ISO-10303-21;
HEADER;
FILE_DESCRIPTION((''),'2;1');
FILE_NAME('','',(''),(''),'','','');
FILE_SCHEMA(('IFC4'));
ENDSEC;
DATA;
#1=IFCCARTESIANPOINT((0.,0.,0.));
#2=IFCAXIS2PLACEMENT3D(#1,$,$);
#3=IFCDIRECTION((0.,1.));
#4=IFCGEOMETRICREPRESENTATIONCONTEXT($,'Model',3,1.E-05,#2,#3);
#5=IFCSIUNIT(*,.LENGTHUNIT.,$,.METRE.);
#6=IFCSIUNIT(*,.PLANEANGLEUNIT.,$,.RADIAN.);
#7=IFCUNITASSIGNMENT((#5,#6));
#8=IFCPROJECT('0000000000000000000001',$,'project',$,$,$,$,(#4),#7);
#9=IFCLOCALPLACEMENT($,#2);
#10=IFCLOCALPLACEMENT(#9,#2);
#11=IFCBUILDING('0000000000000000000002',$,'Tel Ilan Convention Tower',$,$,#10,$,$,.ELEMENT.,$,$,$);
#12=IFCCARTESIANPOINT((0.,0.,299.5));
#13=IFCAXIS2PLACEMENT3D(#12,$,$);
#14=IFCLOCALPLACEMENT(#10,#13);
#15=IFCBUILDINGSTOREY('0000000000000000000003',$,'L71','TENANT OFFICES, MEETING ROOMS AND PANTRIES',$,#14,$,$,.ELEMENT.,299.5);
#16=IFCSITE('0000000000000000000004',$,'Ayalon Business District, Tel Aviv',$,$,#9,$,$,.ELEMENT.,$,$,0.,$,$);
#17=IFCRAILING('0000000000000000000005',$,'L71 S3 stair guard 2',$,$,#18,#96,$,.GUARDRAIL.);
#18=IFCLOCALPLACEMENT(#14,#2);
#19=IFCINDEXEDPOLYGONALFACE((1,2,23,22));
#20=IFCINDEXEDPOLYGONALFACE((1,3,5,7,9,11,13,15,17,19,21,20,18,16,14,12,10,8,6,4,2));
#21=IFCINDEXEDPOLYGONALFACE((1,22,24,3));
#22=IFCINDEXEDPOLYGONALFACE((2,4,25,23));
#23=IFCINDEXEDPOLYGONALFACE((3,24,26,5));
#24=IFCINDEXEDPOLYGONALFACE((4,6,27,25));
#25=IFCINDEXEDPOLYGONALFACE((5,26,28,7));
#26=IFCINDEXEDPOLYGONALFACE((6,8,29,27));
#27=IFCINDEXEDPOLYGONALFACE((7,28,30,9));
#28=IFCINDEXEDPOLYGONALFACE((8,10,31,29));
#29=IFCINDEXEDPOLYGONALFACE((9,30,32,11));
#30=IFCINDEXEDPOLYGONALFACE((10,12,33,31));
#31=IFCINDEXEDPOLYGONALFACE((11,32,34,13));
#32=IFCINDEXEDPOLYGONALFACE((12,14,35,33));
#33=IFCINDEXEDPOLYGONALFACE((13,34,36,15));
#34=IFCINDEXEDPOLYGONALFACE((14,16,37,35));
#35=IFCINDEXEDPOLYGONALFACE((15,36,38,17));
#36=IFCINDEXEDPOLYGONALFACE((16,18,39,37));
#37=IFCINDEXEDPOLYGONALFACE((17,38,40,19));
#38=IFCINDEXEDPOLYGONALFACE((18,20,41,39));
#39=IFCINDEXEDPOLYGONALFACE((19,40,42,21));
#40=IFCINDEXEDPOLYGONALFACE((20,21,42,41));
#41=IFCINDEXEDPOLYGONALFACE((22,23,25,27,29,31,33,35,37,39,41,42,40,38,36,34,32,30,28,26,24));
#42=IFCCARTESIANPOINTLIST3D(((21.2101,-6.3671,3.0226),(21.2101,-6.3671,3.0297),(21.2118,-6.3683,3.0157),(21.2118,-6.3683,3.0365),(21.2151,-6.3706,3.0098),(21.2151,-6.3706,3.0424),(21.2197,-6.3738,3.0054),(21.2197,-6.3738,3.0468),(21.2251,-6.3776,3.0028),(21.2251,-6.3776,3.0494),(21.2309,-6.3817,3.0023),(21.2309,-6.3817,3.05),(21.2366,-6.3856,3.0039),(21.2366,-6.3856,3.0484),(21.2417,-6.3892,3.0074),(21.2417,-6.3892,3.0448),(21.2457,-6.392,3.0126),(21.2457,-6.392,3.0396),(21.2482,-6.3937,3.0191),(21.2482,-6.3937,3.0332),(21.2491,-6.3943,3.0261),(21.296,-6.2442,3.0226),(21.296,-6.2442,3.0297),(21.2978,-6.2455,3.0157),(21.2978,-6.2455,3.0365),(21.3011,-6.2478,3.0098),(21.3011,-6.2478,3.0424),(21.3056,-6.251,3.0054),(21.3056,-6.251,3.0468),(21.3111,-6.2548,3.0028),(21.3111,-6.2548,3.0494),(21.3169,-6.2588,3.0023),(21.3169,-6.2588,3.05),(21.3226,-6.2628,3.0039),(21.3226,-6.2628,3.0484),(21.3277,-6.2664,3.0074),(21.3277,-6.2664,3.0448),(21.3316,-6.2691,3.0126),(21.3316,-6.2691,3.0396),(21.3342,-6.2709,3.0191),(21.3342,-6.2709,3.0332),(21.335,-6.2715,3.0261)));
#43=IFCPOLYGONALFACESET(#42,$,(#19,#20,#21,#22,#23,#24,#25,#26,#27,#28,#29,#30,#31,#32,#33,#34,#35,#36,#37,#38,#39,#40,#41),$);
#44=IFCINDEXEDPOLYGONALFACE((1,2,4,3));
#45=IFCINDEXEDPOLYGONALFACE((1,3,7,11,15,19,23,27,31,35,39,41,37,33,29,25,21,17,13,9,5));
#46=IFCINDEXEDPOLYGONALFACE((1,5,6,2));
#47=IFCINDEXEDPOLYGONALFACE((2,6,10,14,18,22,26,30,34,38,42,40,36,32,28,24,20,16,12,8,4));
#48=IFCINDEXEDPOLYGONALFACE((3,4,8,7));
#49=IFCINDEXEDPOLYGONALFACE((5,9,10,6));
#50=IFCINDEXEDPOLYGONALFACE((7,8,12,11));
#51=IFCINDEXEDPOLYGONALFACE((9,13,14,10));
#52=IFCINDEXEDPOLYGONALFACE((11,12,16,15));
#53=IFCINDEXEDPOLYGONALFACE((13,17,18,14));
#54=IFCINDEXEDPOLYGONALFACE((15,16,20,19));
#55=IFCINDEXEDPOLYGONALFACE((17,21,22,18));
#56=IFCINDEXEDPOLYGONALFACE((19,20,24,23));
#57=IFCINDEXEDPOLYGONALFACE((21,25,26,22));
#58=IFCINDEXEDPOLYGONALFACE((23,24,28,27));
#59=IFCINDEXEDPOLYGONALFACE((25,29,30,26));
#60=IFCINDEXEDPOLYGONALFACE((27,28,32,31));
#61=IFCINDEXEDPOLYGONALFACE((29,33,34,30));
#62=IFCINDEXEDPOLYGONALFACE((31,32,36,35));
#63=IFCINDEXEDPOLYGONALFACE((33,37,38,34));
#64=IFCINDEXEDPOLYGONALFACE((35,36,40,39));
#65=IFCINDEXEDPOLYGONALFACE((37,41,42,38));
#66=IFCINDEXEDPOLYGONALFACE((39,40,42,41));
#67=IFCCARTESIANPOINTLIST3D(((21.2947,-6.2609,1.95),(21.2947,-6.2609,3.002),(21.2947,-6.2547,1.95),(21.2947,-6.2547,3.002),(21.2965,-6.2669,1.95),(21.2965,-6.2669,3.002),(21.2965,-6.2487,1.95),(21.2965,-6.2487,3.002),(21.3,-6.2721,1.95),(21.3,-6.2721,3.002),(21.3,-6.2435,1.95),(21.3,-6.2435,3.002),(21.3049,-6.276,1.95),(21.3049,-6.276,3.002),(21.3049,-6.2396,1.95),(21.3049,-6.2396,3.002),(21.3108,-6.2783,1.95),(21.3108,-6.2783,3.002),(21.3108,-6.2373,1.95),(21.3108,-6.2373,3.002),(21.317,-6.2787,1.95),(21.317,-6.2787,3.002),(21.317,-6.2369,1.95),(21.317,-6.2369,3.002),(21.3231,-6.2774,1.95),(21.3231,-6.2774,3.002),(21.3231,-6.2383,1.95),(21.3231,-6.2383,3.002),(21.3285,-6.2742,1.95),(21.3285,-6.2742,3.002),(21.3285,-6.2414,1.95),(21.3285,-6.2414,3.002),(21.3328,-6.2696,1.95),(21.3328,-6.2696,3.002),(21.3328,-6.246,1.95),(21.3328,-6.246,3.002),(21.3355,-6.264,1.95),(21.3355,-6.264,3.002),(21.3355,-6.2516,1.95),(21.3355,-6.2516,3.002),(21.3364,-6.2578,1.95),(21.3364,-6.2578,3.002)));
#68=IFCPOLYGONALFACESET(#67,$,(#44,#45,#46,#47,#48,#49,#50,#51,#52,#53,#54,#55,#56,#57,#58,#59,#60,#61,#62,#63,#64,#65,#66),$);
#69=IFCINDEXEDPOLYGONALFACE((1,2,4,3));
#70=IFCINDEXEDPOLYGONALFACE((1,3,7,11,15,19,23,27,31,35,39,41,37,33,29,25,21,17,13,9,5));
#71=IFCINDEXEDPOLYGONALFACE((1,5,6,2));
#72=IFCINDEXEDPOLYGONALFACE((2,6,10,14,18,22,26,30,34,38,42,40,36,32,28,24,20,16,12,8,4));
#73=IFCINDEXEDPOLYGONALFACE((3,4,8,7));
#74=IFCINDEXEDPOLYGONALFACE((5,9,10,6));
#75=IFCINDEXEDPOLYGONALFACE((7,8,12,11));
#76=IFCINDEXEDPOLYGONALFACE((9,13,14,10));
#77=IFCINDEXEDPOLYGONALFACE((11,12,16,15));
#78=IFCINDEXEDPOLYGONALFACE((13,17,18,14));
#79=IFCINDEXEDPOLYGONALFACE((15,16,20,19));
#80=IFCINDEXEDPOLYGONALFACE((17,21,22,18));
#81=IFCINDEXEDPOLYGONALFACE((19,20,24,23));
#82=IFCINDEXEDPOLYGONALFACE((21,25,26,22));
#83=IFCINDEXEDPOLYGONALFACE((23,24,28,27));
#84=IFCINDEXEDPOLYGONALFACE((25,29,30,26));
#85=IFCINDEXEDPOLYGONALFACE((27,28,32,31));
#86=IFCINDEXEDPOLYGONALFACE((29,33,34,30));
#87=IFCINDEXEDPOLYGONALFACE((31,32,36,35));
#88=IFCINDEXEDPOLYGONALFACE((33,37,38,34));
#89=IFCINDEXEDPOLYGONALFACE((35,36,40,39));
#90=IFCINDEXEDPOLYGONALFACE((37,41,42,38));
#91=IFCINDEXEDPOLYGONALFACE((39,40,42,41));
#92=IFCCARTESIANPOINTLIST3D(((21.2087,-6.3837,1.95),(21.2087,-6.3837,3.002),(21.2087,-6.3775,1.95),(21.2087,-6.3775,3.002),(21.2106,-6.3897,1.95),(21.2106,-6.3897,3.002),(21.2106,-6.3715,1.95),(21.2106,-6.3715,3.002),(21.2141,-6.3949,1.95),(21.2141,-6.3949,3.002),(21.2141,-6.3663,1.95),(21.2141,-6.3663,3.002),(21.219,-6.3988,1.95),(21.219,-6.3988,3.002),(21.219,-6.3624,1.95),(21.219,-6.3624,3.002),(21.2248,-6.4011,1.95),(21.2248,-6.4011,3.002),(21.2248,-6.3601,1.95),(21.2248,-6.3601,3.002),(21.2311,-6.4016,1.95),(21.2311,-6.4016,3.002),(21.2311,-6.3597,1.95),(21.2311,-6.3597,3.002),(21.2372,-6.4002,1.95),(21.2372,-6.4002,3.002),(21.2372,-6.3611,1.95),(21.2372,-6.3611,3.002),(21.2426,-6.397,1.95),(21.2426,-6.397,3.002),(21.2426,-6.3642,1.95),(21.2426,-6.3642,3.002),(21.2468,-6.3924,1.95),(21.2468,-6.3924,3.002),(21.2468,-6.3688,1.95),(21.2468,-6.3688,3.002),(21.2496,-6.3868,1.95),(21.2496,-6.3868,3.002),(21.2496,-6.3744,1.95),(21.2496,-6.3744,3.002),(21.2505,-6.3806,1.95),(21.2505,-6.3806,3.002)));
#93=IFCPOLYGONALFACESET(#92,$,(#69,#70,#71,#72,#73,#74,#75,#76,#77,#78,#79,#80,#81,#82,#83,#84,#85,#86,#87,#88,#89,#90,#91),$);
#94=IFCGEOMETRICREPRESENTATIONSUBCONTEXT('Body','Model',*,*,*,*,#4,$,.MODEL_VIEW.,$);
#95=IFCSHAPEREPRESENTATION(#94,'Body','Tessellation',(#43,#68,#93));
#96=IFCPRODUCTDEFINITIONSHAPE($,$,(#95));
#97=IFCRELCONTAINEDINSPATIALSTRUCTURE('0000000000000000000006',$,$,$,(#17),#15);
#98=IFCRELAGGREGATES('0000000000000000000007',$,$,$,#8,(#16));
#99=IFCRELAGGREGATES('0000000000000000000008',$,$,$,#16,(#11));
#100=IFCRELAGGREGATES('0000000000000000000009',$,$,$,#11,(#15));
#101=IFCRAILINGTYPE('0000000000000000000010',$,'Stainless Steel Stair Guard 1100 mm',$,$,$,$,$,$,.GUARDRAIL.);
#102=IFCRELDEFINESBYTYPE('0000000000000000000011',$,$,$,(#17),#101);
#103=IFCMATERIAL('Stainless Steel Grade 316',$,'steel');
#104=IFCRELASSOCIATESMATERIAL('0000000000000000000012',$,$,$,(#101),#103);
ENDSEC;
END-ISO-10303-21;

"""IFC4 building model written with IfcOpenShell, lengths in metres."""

from ifc_helpers import new_model, si_unit, direction, frame, origin, origin_2d, place, context, subcontext, project, spatial, circle, extrude, material, type_object, element, save


model = new_model("IFC4")

# Units and contexts
model_context = context("Model", 3, precision=1e-05, world=origin(), true_north=direction((0.0, 1.0)))
body_context = subcontext(model_context, "Body", "Model", "MODEL_VIEW")
ifc_project = project(units=[si_unit("LENGTHUNIT", "METRE"), si_unit("PLANEANGLEUNIT", "RADIAN")], contexts=[model_context])

# Site, building, storey
site_placement = place(None, origin())
site = spatial("IfcSite", under=ifc_project, at=site_placement, Name="Ayalon Business District, Tel Aviv", CompositionType="ELEMENT", RefElevation=0.0)
building_placement = place(site_placement, origin())
building = spatial("IfcBuilding", under=site, at=building_placement, Name="Tel Ilan Convention Tower", CompositionType="ELEMENT")
storey_placement = place(building_placement, frame((0.0, 0.0, 299.5)))
storey = spatial("IfcBuildingStorey", under=building, at=storey_placement, Name="L71", Description="TENANT OFFICES, MEETING ROOMS AND PANTRIES", CompositionType="ELEMENT", Elevation=299.5)

# Railing
ifc_material_1 = material(Name="Stainless Steel Grade 316", Category="steel")
railing_type_1 = type_object("IfcRailingType", Name="Stainless Steel Stair Guard 1100 mm", PredefinedType="GUARDRAIL", material=ifc_material_1)
railing_1_placement = place(storey_placement, frame((21.3154, -6.2578, 1.95)))
element("IfcRailing", 1, at=railing_1_placement, inside=storey, type_object=railing_type_1, Name="L71 S3 stair guard 2", PredefinedType="GUARDRAIL", context=body_context, shape_type="SweptSolid", body=[
    extrude(circle(Radius=0.0239, at=origin_2d()), frame((0.0, 0.0, 1.0762), z_axis=(-0.573353, -0.819308, 0.0), x_axis=(0.819308, -0.573353, 0.0)), (0.0, 0.0, 1.0), 0.1499),
    extrude(circle(Radius=0.021, at=origin_2d()), origin(), (0.0, 0.0, 1.0), 1.052),
    extrude(circle(Radius=0.021, at=origin_2d()), frame((-0.0859, -0.1228, 0.0)), (0.0, 0.0, 1.0), 1.052),
])

save(model, "model.ifc")
